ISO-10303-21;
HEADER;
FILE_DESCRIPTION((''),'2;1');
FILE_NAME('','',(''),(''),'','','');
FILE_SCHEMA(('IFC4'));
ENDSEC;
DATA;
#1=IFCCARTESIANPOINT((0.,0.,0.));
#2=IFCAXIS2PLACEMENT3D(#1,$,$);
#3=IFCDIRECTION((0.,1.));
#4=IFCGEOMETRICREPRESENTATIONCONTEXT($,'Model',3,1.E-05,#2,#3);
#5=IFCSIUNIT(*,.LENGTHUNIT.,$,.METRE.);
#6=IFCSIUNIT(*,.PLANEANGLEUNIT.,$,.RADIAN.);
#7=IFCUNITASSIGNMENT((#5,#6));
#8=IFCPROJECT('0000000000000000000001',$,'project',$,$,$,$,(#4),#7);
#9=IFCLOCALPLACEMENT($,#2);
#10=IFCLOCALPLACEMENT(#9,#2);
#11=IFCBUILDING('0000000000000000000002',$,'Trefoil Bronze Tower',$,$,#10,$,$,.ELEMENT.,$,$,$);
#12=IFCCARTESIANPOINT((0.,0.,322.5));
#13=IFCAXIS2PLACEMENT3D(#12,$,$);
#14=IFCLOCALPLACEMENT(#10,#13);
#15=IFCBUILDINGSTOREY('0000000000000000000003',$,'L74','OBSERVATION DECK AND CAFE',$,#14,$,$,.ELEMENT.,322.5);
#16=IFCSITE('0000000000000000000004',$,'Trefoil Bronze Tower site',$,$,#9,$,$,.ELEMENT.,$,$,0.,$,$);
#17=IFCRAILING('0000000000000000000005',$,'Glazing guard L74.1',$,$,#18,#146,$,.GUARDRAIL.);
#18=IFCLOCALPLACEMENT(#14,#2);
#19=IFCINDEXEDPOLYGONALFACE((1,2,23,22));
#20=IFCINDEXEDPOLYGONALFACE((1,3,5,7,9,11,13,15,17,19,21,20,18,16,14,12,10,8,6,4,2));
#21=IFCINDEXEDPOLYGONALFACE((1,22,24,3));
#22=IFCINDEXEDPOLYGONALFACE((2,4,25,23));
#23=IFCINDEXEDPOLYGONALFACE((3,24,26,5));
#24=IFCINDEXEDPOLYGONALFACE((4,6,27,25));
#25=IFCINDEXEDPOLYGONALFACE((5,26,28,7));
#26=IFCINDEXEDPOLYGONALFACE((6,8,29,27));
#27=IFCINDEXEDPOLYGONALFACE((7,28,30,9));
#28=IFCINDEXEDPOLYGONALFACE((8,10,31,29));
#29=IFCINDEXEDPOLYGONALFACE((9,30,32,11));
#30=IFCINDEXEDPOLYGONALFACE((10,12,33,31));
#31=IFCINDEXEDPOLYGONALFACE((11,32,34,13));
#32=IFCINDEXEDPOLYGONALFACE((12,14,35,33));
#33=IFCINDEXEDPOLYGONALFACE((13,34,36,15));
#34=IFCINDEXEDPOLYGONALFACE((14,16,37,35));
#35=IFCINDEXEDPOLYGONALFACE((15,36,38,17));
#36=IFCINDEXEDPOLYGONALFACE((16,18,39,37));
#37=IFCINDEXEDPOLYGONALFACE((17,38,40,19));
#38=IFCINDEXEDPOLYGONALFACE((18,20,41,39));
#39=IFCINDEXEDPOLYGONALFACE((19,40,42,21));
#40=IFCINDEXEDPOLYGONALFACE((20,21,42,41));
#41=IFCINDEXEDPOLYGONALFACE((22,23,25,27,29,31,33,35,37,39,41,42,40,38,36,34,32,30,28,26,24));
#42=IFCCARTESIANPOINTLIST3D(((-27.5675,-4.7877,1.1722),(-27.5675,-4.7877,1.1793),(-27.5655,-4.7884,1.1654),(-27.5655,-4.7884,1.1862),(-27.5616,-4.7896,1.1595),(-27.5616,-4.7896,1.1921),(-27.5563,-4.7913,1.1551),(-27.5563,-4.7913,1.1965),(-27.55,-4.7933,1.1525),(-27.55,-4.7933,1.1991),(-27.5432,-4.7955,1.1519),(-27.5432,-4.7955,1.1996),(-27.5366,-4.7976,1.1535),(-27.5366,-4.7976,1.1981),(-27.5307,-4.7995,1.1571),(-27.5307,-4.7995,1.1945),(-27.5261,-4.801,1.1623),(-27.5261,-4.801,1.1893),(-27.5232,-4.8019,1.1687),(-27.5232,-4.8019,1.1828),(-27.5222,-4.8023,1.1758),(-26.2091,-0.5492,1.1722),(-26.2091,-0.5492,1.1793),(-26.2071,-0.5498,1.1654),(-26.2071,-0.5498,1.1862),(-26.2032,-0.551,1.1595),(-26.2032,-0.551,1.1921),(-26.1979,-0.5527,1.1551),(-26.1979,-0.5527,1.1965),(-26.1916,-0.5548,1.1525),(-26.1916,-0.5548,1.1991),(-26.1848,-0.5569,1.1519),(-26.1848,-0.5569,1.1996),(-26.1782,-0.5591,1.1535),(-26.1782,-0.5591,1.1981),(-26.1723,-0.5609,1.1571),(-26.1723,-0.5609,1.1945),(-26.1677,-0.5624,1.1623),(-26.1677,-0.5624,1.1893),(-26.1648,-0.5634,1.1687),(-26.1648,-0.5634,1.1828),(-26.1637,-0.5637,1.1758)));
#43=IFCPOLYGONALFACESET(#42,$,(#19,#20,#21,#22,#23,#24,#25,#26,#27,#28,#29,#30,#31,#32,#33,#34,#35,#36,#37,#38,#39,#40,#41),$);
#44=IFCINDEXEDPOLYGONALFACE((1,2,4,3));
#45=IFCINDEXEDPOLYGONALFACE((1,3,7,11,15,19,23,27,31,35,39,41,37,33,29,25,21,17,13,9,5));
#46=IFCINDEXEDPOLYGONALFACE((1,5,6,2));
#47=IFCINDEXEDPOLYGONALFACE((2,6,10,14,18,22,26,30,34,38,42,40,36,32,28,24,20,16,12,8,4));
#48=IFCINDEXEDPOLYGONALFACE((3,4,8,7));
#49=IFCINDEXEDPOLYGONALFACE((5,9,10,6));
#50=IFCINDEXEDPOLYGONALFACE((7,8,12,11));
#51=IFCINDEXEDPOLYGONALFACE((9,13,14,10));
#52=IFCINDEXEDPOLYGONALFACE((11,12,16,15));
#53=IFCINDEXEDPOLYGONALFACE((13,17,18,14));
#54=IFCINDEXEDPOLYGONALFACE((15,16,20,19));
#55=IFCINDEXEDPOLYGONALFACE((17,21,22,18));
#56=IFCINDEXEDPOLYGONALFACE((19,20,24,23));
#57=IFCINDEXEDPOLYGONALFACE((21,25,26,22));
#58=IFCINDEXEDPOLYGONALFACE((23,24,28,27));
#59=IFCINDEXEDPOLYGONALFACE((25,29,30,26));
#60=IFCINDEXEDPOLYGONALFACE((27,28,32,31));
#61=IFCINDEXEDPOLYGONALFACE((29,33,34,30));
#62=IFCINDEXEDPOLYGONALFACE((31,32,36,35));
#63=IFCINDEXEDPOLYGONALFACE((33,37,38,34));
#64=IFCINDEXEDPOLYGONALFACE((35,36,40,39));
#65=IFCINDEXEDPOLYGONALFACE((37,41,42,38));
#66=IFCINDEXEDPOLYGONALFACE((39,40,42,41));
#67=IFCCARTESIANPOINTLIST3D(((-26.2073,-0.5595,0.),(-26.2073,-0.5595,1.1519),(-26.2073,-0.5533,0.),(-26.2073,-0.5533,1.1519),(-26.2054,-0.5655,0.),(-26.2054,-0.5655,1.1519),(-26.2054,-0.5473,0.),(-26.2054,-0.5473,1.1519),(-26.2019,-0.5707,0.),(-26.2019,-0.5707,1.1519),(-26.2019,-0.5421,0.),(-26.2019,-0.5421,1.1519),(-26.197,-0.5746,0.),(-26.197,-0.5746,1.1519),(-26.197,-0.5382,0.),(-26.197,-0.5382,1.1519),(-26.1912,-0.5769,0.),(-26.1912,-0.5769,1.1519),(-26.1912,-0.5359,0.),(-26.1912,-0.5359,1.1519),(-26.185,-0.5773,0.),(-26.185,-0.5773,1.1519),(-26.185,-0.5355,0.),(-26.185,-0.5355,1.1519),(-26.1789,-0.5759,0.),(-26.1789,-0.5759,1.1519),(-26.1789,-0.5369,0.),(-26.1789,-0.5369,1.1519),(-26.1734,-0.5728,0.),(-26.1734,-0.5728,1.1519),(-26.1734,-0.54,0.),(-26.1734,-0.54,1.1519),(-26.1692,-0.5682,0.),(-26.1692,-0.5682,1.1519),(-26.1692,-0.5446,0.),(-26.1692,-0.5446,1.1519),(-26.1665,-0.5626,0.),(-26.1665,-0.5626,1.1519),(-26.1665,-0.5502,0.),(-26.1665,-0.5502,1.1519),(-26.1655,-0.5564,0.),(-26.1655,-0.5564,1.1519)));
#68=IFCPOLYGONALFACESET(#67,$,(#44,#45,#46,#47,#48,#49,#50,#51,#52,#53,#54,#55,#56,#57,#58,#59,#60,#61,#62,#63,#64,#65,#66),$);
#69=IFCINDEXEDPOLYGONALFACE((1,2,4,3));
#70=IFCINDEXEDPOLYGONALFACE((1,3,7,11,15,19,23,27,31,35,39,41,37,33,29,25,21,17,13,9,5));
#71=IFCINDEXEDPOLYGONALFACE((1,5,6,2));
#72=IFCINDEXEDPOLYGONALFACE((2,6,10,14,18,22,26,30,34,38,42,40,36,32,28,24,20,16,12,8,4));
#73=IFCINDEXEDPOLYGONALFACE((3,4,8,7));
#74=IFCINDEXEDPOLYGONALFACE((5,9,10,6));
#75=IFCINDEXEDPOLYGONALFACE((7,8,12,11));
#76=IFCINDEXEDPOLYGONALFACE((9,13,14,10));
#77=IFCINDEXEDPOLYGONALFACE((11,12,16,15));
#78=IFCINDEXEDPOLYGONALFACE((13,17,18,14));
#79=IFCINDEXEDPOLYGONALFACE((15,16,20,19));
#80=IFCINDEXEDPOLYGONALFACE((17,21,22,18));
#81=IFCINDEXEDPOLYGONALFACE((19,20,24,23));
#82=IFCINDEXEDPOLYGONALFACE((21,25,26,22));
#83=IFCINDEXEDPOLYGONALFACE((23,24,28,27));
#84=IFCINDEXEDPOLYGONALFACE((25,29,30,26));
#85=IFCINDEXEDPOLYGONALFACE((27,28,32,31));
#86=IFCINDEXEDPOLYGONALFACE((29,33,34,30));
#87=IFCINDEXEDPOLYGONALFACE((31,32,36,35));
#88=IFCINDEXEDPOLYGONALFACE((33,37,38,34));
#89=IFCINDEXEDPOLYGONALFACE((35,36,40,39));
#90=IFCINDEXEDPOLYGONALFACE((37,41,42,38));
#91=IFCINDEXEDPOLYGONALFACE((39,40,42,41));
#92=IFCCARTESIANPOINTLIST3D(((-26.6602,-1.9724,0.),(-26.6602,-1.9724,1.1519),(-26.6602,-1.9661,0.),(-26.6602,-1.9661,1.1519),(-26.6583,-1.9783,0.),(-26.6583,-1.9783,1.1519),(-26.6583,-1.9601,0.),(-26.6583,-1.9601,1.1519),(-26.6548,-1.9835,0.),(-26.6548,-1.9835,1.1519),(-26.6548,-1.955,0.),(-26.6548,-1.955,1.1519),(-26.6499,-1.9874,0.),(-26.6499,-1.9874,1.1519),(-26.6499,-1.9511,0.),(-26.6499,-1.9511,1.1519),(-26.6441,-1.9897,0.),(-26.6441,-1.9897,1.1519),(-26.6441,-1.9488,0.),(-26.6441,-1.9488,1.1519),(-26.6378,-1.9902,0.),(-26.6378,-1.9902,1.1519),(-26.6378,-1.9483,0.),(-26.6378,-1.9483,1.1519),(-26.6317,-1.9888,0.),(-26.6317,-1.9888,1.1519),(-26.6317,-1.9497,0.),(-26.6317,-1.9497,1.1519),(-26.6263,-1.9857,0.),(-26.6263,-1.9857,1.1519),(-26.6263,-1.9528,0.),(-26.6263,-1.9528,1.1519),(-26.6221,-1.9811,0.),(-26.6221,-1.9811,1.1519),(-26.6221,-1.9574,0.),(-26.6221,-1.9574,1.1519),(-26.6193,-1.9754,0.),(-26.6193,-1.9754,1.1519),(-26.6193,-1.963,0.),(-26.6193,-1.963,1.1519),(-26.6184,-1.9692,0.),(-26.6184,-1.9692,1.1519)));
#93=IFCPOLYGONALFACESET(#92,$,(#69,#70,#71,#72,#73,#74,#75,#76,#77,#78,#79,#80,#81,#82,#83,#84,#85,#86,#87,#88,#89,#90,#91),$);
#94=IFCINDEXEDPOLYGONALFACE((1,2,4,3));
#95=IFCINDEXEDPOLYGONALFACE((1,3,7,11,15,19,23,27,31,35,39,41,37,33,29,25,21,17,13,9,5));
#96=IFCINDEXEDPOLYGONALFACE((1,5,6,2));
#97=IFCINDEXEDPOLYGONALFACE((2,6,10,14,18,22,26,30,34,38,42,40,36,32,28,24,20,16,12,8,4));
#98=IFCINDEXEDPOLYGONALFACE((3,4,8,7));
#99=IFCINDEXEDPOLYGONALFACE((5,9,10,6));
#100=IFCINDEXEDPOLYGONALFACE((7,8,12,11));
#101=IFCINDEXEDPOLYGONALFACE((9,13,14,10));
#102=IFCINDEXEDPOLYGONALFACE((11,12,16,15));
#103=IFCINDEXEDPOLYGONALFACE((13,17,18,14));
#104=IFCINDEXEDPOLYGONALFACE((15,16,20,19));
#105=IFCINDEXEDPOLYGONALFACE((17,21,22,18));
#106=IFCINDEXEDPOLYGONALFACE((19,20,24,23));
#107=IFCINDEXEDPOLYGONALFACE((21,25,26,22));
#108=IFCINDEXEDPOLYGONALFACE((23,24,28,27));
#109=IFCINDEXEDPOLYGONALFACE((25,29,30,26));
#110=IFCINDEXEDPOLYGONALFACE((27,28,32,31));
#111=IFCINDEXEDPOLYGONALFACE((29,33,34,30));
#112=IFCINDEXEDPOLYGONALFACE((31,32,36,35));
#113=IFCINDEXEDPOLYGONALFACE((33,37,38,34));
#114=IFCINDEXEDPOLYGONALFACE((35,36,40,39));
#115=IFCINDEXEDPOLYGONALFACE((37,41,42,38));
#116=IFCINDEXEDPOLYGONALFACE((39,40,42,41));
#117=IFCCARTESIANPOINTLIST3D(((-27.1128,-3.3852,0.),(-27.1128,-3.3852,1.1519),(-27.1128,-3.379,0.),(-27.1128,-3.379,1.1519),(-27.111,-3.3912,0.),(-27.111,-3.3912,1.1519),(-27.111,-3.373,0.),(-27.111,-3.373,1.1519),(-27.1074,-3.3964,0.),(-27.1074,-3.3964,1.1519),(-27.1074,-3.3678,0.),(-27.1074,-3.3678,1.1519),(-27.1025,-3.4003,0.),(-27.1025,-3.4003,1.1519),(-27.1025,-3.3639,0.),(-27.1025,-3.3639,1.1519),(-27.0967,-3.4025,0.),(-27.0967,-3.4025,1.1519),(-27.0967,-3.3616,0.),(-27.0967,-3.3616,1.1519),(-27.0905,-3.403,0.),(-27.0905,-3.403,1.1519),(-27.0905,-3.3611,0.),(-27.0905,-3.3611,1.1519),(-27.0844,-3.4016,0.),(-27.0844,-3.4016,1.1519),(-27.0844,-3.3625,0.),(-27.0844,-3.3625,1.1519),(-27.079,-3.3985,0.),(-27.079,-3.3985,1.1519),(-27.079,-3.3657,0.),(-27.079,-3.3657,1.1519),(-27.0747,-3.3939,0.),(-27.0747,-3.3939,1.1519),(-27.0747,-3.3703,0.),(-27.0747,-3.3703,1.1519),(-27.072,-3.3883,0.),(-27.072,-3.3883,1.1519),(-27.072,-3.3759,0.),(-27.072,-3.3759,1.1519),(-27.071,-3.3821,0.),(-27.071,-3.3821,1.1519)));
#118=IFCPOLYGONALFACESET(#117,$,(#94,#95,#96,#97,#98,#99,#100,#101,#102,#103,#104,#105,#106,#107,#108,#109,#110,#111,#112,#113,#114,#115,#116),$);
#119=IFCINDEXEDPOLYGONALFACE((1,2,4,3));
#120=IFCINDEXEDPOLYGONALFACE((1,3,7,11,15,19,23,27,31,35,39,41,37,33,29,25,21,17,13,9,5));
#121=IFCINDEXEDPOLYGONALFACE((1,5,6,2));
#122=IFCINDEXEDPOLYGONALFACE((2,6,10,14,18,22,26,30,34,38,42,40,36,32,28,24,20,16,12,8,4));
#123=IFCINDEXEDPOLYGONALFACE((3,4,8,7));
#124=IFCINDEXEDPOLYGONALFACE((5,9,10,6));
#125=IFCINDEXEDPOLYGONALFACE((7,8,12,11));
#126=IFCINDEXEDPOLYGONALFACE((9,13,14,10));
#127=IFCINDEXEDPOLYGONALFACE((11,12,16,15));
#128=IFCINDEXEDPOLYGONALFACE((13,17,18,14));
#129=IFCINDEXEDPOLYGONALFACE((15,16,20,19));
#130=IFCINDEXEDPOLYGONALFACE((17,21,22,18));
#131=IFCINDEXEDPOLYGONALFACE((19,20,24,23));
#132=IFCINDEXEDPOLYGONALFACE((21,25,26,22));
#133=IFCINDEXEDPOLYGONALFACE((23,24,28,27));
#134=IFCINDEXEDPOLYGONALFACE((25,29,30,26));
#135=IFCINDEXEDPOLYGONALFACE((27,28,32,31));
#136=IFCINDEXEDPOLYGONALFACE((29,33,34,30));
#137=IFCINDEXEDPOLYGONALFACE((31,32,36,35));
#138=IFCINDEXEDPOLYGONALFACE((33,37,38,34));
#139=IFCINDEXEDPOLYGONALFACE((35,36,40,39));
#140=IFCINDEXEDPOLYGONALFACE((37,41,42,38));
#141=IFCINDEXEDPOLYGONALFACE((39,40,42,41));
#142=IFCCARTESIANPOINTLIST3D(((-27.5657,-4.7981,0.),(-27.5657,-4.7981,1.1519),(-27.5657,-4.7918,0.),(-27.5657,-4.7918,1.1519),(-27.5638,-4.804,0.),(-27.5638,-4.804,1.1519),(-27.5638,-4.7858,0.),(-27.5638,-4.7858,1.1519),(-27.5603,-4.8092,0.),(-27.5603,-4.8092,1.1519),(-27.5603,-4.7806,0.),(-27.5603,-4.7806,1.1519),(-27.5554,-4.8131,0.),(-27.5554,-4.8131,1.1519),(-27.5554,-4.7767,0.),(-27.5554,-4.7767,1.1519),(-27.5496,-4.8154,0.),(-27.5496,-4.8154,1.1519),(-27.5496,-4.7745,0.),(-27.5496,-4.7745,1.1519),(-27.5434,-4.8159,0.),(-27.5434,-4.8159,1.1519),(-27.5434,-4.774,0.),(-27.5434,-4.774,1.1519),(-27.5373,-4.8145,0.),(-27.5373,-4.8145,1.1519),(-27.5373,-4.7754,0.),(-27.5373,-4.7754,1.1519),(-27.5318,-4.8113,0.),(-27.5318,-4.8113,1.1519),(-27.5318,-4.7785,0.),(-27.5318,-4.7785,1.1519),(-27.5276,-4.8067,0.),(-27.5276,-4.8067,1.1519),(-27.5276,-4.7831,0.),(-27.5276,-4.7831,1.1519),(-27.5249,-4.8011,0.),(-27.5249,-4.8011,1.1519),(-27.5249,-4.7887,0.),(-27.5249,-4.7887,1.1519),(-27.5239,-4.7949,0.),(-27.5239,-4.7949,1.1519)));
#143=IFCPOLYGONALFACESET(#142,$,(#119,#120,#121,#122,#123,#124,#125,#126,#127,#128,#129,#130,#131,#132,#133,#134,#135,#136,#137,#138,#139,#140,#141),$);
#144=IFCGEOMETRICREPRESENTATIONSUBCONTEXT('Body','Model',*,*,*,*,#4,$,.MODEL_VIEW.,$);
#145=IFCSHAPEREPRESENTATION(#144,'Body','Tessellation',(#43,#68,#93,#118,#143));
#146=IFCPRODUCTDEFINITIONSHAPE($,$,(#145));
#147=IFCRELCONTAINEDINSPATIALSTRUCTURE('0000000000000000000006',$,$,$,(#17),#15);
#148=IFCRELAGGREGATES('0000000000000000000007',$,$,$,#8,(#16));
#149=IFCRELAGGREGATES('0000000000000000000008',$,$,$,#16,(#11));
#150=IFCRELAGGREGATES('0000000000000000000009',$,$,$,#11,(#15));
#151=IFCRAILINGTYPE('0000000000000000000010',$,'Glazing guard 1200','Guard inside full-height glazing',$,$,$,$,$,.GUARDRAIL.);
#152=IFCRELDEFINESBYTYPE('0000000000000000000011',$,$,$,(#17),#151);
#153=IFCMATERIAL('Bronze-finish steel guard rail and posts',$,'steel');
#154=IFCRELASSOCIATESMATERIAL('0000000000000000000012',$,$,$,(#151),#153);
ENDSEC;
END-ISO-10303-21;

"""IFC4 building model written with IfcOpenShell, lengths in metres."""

from ifc_helpers import new_model, si_unit, direction, frame, origin, origin_2d, place, context, subcontext, project, spatial, circle, extrude, material, type_object, element, save


model = new_model("IFC4")

# Units and contexts
model_context = context("Model", 3, precision=1e-05, world=origin(), true_north=direction((0.0, 1.0)))
body_context = subcontext(model_context, "Body", "Model", "MODEL_VIEW")
ifc_project = project(units=[si_unit("LENGTHUNIT", "METRE"), si_unit("PLANEANGLEUNIT", "RADIAN")], contexts=[model_context])

# Site, building, storey
site_placement = place(None, origin())
site = spatial("IfcSite", under=ifc_project, at=site_placement, Name="Trefoil Bronze Tower site", CompositionType="ELEMENT", RefElevation=0.0)
building_placement = place(site_placement, origin())
building = spatial("IfcBuilding", under=site, at=building_placement, Name="Trefoil Bronze Tower", CompositionType="ELEMENT")
storey_placement = place(building_placement, frame((0.0, 0.0, 322.5)))
storey = spatial("IfcBuildingStorey", under=building, at=storey_placement, Name="L74", Description="OBSERVATION DECK AND CAFE", CompositionType="ELEMENT", Elevation=322.5)

# Railing
ifc_material_1 = material(Name="Bronze-finish steel guard rail and posts", Category="steel")
railing_type = type_object("IfcRailingType", Name="Glazing guard 1200", Description="Guard inside full-height glazing", PredefinedType="GUARDRAIL", material=ifc_material_1)
railing_1_placement = place(storey_placement, frame((-26.1865, -0.5564, 0.0)))
element("IfcRailing", 1, at=railing_1_placement, inside=storey, type_object=railing_type, Name="Glazing guard L74.1", PredefinedType="GUARDRAIL", context=body_context, shape_type="SweptSolid", body=[
    extrude(circle(Radius=0.0239, at=origin_2d()), frame((0.0, 0.0, 1.1758), z_axis=(-0.305198, -0.952289, 0.0), x_axis=(0.952289, -0.305198, 0.0)), (0.0, 0.0, 1.0), 4.4509),
    extrude(circle(Radius=0.021, at=origin_2d()), origin(), (0.0, 0.0, 1.0), 1.1519),
    extrude(circle(Radius=0.021, at=origin_2d()), frame((-0.4529, -1.4128, 0.0)), (0.0, 0.0, 1.0), 1.1519),
    extrude(circle(Radius=0.021, at=origin_2d()), frame((-0.9055, -2.8257, 0.0)), (0.0, 0.0, 1.0), 1.1519),
    extrude(circle(Radius=0.021, at=origin_2d()), frame((-1.3584, -4.2385, 0.0)), (0.0, 0.0, 1.0), 1.1519),
])

save(model, "model.ifc")
